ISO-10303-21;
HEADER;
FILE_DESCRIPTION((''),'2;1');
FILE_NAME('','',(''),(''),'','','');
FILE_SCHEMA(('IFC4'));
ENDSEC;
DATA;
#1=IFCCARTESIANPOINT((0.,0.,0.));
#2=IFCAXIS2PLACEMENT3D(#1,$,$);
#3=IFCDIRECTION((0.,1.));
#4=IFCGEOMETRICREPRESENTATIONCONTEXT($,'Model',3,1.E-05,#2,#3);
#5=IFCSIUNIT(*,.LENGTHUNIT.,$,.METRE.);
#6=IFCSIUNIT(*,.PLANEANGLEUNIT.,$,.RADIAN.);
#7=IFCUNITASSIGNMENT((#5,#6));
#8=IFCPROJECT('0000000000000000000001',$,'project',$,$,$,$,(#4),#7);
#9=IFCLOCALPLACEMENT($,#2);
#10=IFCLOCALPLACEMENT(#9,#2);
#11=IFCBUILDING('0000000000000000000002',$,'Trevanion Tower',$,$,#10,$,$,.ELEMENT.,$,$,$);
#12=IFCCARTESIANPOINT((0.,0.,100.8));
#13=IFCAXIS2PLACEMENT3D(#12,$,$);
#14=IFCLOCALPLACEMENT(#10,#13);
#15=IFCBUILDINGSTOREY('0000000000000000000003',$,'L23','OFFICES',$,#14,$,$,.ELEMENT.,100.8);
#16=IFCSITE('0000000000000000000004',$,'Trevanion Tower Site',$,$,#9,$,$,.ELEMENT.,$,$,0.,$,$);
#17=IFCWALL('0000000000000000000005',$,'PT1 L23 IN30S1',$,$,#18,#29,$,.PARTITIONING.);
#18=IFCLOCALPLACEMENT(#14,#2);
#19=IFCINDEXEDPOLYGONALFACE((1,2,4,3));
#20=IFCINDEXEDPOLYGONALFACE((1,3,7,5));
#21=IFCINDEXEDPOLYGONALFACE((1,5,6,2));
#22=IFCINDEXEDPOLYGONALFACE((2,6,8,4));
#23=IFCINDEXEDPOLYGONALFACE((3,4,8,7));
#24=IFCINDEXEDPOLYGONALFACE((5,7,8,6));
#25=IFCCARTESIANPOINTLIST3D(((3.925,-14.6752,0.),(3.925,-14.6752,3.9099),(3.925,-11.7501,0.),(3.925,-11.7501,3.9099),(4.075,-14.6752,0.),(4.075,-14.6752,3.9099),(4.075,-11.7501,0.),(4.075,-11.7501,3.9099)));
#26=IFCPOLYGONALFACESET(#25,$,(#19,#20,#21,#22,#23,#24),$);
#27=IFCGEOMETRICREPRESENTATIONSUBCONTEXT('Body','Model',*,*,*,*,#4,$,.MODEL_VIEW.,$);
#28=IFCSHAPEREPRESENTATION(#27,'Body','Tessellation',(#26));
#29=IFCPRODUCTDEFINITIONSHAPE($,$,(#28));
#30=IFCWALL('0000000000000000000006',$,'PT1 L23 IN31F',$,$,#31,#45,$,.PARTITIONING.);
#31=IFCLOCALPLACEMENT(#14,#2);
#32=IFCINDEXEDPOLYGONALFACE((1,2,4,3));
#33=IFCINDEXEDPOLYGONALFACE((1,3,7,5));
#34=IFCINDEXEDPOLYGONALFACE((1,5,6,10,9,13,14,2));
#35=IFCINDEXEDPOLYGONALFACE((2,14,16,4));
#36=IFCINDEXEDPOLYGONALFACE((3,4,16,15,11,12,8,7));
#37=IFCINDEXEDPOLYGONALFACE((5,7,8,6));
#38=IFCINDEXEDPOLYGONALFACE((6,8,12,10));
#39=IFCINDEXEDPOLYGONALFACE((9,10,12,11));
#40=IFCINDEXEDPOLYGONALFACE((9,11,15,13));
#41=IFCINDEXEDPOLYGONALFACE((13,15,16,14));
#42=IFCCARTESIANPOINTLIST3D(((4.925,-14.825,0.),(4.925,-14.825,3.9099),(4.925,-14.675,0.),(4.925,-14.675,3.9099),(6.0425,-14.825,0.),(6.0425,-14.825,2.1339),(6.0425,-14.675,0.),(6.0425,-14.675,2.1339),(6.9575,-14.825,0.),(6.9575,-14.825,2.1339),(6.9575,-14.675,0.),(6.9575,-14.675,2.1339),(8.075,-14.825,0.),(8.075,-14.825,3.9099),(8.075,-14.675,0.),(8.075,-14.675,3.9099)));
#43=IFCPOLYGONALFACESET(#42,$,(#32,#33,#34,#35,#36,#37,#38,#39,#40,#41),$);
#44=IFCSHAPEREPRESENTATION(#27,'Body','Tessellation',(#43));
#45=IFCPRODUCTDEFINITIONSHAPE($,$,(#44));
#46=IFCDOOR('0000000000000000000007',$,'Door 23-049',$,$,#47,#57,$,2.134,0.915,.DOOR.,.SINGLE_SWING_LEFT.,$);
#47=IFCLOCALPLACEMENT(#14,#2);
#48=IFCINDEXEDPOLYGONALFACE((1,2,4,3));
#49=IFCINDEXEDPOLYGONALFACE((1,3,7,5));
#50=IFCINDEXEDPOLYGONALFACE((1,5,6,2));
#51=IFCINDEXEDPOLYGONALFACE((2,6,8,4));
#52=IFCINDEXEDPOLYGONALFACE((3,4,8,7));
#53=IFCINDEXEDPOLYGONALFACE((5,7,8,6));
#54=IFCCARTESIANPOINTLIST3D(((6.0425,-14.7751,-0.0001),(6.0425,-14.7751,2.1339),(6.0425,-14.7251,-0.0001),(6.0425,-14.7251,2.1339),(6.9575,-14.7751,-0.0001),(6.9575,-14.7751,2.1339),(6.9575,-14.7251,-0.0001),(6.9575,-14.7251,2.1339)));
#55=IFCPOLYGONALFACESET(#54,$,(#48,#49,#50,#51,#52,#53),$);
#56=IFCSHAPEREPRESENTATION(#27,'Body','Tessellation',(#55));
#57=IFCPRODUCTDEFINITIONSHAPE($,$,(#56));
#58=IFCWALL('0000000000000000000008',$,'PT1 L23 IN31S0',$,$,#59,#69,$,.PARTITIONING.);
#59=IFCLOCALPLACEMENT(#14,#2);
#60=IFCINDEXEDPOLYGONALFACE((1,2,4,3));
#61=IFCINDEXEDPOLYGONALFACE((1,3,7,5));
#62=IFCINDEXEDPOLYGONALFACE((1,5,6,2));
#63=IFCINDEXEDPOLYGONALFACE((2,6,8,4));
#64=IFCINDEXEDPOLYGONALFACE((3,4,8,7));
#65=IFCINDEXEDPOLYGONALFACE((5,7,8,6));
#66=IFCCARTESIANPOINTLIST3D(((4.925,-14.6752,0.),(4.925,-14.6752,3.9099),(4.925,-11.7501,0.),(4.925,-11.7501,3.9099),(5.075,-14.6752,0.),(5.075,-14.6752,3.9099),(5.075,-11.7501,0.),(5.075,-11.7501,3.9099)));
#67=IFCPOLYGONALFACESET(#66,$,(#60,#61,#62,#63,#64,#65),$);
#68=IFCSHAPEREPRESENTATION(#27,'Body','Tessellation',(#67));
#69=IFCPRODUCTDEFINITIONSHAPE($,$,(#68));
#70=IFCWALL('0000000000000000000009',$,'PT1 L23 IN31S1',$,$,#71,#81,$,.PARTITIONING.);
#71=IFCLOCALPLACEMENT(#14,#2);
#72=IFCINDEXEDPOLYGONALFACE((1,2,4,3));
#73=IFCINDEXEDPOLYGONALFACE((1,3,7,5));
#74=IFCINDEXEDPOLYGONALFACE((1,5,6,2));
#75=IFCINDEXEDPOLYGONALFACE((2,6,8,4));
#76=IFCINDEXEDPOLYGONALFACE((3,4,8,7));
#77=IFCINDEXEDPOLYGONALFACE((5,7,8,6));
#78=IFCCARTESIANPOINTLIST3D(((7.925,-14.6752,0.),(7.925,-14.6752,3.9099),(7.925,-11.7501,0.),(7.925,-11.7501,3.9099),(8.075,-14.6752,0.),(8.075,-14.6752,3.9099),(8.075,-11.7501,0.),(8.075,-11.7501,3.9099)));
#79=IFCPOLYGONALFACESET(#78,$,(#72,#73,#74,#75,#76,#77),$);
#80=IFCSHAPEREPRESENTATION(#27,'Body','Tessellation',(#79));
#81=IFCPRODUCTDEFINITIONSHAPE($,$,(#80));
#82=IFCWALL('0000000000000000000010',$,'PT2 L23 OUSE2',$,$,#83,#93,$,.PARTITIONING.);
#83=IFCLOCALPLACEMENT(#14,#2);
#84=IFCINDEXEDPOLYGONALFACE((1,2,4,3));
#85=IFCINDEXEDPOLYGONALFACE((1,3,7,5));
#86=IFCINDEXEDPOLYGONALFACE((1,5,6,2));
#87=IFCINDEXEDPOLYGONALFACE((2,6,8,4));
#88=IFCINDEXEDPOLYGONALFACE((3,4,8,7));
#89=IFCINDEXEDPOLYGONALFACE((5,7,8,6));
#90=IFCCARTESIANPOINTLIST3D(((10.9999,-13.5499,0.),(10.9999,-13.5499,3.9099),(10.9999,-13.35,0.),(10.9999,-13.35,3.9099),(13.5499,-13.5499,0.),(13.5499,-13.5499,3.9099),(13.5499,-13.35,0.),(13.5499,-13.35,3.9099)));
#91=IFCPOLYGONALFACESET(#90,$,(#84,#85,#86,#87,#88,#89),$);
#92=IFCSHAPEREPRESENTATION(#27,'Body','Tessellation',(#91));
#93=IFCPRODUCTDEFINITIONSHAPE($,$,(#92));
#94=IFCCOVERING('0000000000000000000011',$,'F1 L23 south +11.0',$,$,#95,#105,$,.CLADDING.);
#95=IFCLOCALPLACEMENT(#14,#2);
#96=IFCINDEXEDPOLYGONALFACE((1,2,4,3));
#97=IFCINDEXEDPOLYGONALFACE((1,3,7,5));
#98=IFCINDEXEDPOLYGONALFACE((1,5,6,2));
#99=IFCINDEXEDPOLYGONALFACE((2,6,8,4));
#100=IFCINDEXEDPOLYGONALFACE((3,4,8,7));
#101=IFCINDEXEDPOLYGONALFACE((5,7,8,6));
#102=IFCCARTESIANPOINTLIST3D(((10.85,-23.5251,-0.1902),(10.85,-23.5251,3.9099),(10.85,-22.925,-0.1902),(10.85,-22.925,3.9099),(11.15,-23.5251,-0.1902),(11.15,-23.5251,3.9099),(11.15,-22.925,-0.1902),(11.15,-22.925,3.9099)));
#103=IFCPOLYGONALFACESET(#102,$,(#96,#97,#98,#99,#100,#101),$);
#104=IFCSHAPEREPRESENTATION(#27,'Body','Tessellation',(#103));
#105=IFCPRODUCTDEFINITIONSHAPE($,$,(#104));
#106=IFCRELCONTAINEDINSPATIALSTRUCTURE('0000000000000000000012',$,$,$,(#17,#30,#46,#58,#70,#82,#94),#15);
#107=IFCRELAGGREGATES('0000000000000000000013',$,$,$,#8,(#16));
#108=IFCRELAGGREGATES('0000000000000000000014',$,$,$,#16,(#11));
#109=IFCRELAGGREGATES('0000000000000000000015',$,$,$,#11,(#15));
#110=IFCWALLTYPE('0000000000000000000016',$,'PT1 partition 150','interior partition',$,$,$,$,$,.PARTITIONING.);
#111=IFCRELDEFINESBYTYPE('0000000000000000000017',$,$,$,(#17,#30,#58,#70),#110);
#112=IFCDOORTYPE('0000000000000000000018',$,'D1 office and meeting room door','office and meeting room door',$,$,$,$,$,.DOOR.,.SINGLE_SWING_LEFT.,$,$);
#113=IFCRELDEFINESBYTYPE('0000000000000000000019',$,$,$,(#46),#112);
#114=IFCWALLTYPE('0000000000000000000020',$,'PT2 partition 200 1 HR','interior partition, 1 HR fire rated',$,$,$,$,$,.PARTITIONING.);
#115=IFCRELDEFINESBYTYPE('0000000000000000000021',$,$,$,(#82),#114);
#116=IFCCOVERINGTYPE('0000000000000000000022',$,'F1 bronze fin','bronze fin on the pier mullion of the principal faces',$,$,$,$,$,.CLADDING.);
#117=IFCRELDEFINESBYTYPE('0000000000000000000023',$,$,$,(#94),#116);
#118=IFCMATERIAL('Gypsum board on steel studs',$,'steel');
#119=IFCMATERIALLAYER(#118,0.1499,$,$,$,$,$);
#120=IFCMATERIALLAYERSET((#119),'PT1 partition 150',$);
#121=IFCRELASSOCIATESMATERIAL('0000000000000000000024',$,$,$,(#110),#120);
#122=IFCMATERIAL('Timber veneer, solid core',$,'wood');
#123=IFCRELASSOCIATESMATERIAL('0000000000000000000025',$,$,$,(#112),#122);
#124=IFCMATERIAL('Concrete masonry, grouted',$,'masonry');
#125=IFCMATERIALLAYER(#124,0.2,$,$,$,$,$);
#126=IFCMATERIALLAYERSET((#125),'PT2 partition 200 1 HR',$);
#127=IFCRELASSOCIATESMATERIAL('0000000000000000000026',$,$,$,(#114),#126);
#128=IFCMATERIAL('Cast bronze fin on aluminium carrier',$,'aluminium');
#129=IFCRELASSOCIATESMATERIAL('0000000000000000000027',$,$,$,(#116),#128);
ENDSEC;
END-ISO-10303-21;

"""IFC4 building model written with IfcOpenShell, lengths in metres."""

from ifc_helpers import new_model, si_unit, direction, frame, frame_2d, origin, origin_2d, place, context, subcontext, project, spatial, rectangle, extrude, material, layer, layer_set, type_object, element, fill, save


model = new_model("IFC4")

# Units and contexts
model_context = context("Model", 3, precision=1e-05, world=origin(), true_north=direction((0.0, 1.0)))
body_context = subcontext(model_context, "Body", "Model", "MODEL_VIEW")
ifc_project = project(units=[si_unit("LENGTHUNIT", "METRE"), si_unit("PLANEANGLEUNIT", "RADIAN")], contexts=[model_context])

# Site, building, storey
site_placement = place(None, origin())
site = spatial("IfcSite", under=ifc_project, at=site_placement, Name="Trevanion Tower Site", CompositionType="ELEMENT", RefElevation=0.0)
building_placement = place(site_placement, origin())
building = spatial("IfcBuilding", under=site, at=building_placement, Name="Trevanion Tower", CompositionType="ELEMENT")
storey_placement = place(building_placement, frame((0.0, 0.0, 100.8)))
storey = spatial("IfcBuildingStorey", under=building, at=storey_placement, Name="L23", Description="OFFICES", CompositionType="ELEMENT", Elevation=100.8)

# Shared definitions
ifc_material_1 = material(Name="Gypsum board on steel studs", Category="steel")
ifc_layer_1 = layer(ifc_material_1, 0.1499)
ifc_layer_set_1 = layer_set([ifc_layer_1], Name="PT1 partition 150")
wall_type_1 = type_object("IfcWallType", Name="PT1 partition 150", Description="interior partition", PredefinedType="PARTITIONING", material=ifc_layer_set_1)

# Shared definitions
ifc_material_2 = material(Name="Timber veneer, solid core", Category="wood")
door_type = type_object("IfcDoorType", Name="D1 office and meeting room door", Description="office and meeting room door", OperationType="SINGLE_SWING_LEFT", PredefinedType="DOOR", material=ifc_material_2)

# Wall
for number, where, z_axis, x_axis, name in (
    (1, (4.0, -14.675, 0.0), (0.0, 0.0, 1.0), (0.0, 1.0, 0.0), "PT1 L23 IN30S1"),
):
    element("IfcWall", number, at=place(storey_placement, frame(where, z_axis=z_axis, x_axis=x_axis)), inside=storey, type_object=wall_type_1, Name=name, PredefinedType="PARTITIONING", context=body_context, shape_type="SweptSolid", body=[
        extrude(rectangle(XDim=2.925, YDim=0.1499, at=frame_2d((1.4624, 0.0))), origin(), (0.0, 0.0, 1.0), 3.9099),
    ])

# Wall, opening, door
wall_1_placement = place(storey_placement, frame((4.925, -14.75, 0.0), z_axis=(0.0, 0.0, 1.0), x_axis=(1.0, 0.0, 0.0)))
wall_1 = element("IfcWall", 2, at=wall_1_placement, inside=storey, type_object=wall_type_1, Name="PT1 L23 IN31F", PredefinedType="PARTITIONING", context=body_context, shape_type="SweptSolid", body=[
    extrude(rectangle(XDim=3.1499, YDim=0.1499, at=frame_2d((1.575, 0.0))), origin(), (0.0, 0.0, 1.0), 3.9099),
])
opening_1_placement = place(wall_1_placement, frame((1.1174, 0.0, 0.0)))
opening_1 = element("IfcOpeningElement", 3, at=opening_1_placement, cuts=wall_1, PredefinedType="OPENING", context=body_context, shape_type="SweptSolid", body=[
    extrude(rectangle(XDim=0.915, YDim=2.134, at=frame_2d((0.4575, 1.0669))), frame((0.0, 0.085, 0.0), z_axis=(0.0, -1.0, 0.0), x_axis=(1.0, 0.0, 0.0)), (0.0, 0.0, 1.0), 0.1699),
])
door_1_placement = place(opening_1_placement, origin())
door_1 = element("IfcDoor", 4, at=door_1_placement, inside=storey, type_object=door_type, Name="Door 23-049", OperationType="SINGLE_SWING_LEFT", OverallHeight=2.134, OverallWidth=0.915, PredefinedType="DOOR", context=body_context, shape_type="SweptSolid", body=[
    extrude(rectangle(XDim=0.915, YDim=2.134, at=frame_2d((0.4575, 1.0669))), frame((0.0, 0.0249, 0.0), z_axis=(0.0, -1.0, 0.0), x_axis=(1.0, 0.0, 0.0)), (0.0, 0.0, 1.0), 0.05),
])
fill(opening_1, door_1)

# Walls
for number, where, z_axis, x_axis, name in (
    (5, (5.0, -14.675, 0.0), (0.0, 0.0, 1.0), (0.0, 1.0, 0.0), "PT1 L23 IN31S0"),
    (6, (8.0, -14.675, 0.0), (0.0, 0.0, 1.0), (0.0, 1.0, 0.0), "PT1 L23 IN31S1"),
):
    element("IfcWall", number, at=place(storey_placement, frame(where, z_axis=z_axis, x_axis=x_axis)), inside=storey, type_object=wall_type_1, Name=name, PredefinedType="PARTITIONING", context=body_context, shape_type="SweptSolid", body=[
        extrude(rectangle(XDim=2.925, YDim=0.1499, at=frame_2d((1.4624, 0.0))), origin(), (0.0, 0.0, 1.0), 3.9099),
    ])
ifc_material_3 = material(Name="Concrete masonry, grouted", Category="masonry")
ifc_layer_2 = layer(ifc_material_3, 0.2)
ifc_layer_set_2 = layer_set([ifc_layer_2], Name="PT2 partition 200 1 HR")
wall_type_2 = type_object("IfcWallType", Name="PT2 partition 200 1 HR", Description="interior partition, 1 HR fire rated", PredefinedType="PARTITIONING", material=ifc_layer_set_2)
wall_2_placement = place(storey_placement, frame((11.0, -13.45, 0.0), z_axis=(0.0, 0.0, 1.0), x_axis=(1.0, 0.0, 0.0)))
element("IfcWall", 7, at=wall_2_placement, inside=storey, type_object=wall_type_2, Name="PT2 L23 OUSE2", PredefinedType="PARTITIONING", context=body_context, shape_type="SweptSolid", body=[
    extrude(rectangle(XDim=2.55, YDim=0.2, at=frame_2d((1.2749, 0.0))), origin(), (0.0, 0.0, 1.0), 3.9099),
])

# Covering
ifc_material_4 = material(Name="Cast bronze fin on aluminium carrier", Category="aluminium")
covering_type = type_object("IfcCoveringType", Name="F1 bronze fin", Description="bronze fin on the pier mullion of the principal faces", PredefinedType="CLADDING", material=ifc_material_4)
covering_placement = place(storey_placement, frame((11.0, -23.2251, -0.1902), z_axis=(0.0, 0.0, 1.0), x_axis=(1.0, 0.0, 0.0)))
element("IfcCovering", 8, at=covering_placement, inside=storey, type_object=covering_type, Name="F1 L23 south +11.0", PredefinedType="CLADDING", context=body_context, shape_type="SweptSolid", body=[
    extrude(rectangle(XDim=0.3, YDim=0.6001, at=origin_2d()), origin(), (0.0, 0.0, 1.0), 4.1001),
])

save(model, "model.ifc")
